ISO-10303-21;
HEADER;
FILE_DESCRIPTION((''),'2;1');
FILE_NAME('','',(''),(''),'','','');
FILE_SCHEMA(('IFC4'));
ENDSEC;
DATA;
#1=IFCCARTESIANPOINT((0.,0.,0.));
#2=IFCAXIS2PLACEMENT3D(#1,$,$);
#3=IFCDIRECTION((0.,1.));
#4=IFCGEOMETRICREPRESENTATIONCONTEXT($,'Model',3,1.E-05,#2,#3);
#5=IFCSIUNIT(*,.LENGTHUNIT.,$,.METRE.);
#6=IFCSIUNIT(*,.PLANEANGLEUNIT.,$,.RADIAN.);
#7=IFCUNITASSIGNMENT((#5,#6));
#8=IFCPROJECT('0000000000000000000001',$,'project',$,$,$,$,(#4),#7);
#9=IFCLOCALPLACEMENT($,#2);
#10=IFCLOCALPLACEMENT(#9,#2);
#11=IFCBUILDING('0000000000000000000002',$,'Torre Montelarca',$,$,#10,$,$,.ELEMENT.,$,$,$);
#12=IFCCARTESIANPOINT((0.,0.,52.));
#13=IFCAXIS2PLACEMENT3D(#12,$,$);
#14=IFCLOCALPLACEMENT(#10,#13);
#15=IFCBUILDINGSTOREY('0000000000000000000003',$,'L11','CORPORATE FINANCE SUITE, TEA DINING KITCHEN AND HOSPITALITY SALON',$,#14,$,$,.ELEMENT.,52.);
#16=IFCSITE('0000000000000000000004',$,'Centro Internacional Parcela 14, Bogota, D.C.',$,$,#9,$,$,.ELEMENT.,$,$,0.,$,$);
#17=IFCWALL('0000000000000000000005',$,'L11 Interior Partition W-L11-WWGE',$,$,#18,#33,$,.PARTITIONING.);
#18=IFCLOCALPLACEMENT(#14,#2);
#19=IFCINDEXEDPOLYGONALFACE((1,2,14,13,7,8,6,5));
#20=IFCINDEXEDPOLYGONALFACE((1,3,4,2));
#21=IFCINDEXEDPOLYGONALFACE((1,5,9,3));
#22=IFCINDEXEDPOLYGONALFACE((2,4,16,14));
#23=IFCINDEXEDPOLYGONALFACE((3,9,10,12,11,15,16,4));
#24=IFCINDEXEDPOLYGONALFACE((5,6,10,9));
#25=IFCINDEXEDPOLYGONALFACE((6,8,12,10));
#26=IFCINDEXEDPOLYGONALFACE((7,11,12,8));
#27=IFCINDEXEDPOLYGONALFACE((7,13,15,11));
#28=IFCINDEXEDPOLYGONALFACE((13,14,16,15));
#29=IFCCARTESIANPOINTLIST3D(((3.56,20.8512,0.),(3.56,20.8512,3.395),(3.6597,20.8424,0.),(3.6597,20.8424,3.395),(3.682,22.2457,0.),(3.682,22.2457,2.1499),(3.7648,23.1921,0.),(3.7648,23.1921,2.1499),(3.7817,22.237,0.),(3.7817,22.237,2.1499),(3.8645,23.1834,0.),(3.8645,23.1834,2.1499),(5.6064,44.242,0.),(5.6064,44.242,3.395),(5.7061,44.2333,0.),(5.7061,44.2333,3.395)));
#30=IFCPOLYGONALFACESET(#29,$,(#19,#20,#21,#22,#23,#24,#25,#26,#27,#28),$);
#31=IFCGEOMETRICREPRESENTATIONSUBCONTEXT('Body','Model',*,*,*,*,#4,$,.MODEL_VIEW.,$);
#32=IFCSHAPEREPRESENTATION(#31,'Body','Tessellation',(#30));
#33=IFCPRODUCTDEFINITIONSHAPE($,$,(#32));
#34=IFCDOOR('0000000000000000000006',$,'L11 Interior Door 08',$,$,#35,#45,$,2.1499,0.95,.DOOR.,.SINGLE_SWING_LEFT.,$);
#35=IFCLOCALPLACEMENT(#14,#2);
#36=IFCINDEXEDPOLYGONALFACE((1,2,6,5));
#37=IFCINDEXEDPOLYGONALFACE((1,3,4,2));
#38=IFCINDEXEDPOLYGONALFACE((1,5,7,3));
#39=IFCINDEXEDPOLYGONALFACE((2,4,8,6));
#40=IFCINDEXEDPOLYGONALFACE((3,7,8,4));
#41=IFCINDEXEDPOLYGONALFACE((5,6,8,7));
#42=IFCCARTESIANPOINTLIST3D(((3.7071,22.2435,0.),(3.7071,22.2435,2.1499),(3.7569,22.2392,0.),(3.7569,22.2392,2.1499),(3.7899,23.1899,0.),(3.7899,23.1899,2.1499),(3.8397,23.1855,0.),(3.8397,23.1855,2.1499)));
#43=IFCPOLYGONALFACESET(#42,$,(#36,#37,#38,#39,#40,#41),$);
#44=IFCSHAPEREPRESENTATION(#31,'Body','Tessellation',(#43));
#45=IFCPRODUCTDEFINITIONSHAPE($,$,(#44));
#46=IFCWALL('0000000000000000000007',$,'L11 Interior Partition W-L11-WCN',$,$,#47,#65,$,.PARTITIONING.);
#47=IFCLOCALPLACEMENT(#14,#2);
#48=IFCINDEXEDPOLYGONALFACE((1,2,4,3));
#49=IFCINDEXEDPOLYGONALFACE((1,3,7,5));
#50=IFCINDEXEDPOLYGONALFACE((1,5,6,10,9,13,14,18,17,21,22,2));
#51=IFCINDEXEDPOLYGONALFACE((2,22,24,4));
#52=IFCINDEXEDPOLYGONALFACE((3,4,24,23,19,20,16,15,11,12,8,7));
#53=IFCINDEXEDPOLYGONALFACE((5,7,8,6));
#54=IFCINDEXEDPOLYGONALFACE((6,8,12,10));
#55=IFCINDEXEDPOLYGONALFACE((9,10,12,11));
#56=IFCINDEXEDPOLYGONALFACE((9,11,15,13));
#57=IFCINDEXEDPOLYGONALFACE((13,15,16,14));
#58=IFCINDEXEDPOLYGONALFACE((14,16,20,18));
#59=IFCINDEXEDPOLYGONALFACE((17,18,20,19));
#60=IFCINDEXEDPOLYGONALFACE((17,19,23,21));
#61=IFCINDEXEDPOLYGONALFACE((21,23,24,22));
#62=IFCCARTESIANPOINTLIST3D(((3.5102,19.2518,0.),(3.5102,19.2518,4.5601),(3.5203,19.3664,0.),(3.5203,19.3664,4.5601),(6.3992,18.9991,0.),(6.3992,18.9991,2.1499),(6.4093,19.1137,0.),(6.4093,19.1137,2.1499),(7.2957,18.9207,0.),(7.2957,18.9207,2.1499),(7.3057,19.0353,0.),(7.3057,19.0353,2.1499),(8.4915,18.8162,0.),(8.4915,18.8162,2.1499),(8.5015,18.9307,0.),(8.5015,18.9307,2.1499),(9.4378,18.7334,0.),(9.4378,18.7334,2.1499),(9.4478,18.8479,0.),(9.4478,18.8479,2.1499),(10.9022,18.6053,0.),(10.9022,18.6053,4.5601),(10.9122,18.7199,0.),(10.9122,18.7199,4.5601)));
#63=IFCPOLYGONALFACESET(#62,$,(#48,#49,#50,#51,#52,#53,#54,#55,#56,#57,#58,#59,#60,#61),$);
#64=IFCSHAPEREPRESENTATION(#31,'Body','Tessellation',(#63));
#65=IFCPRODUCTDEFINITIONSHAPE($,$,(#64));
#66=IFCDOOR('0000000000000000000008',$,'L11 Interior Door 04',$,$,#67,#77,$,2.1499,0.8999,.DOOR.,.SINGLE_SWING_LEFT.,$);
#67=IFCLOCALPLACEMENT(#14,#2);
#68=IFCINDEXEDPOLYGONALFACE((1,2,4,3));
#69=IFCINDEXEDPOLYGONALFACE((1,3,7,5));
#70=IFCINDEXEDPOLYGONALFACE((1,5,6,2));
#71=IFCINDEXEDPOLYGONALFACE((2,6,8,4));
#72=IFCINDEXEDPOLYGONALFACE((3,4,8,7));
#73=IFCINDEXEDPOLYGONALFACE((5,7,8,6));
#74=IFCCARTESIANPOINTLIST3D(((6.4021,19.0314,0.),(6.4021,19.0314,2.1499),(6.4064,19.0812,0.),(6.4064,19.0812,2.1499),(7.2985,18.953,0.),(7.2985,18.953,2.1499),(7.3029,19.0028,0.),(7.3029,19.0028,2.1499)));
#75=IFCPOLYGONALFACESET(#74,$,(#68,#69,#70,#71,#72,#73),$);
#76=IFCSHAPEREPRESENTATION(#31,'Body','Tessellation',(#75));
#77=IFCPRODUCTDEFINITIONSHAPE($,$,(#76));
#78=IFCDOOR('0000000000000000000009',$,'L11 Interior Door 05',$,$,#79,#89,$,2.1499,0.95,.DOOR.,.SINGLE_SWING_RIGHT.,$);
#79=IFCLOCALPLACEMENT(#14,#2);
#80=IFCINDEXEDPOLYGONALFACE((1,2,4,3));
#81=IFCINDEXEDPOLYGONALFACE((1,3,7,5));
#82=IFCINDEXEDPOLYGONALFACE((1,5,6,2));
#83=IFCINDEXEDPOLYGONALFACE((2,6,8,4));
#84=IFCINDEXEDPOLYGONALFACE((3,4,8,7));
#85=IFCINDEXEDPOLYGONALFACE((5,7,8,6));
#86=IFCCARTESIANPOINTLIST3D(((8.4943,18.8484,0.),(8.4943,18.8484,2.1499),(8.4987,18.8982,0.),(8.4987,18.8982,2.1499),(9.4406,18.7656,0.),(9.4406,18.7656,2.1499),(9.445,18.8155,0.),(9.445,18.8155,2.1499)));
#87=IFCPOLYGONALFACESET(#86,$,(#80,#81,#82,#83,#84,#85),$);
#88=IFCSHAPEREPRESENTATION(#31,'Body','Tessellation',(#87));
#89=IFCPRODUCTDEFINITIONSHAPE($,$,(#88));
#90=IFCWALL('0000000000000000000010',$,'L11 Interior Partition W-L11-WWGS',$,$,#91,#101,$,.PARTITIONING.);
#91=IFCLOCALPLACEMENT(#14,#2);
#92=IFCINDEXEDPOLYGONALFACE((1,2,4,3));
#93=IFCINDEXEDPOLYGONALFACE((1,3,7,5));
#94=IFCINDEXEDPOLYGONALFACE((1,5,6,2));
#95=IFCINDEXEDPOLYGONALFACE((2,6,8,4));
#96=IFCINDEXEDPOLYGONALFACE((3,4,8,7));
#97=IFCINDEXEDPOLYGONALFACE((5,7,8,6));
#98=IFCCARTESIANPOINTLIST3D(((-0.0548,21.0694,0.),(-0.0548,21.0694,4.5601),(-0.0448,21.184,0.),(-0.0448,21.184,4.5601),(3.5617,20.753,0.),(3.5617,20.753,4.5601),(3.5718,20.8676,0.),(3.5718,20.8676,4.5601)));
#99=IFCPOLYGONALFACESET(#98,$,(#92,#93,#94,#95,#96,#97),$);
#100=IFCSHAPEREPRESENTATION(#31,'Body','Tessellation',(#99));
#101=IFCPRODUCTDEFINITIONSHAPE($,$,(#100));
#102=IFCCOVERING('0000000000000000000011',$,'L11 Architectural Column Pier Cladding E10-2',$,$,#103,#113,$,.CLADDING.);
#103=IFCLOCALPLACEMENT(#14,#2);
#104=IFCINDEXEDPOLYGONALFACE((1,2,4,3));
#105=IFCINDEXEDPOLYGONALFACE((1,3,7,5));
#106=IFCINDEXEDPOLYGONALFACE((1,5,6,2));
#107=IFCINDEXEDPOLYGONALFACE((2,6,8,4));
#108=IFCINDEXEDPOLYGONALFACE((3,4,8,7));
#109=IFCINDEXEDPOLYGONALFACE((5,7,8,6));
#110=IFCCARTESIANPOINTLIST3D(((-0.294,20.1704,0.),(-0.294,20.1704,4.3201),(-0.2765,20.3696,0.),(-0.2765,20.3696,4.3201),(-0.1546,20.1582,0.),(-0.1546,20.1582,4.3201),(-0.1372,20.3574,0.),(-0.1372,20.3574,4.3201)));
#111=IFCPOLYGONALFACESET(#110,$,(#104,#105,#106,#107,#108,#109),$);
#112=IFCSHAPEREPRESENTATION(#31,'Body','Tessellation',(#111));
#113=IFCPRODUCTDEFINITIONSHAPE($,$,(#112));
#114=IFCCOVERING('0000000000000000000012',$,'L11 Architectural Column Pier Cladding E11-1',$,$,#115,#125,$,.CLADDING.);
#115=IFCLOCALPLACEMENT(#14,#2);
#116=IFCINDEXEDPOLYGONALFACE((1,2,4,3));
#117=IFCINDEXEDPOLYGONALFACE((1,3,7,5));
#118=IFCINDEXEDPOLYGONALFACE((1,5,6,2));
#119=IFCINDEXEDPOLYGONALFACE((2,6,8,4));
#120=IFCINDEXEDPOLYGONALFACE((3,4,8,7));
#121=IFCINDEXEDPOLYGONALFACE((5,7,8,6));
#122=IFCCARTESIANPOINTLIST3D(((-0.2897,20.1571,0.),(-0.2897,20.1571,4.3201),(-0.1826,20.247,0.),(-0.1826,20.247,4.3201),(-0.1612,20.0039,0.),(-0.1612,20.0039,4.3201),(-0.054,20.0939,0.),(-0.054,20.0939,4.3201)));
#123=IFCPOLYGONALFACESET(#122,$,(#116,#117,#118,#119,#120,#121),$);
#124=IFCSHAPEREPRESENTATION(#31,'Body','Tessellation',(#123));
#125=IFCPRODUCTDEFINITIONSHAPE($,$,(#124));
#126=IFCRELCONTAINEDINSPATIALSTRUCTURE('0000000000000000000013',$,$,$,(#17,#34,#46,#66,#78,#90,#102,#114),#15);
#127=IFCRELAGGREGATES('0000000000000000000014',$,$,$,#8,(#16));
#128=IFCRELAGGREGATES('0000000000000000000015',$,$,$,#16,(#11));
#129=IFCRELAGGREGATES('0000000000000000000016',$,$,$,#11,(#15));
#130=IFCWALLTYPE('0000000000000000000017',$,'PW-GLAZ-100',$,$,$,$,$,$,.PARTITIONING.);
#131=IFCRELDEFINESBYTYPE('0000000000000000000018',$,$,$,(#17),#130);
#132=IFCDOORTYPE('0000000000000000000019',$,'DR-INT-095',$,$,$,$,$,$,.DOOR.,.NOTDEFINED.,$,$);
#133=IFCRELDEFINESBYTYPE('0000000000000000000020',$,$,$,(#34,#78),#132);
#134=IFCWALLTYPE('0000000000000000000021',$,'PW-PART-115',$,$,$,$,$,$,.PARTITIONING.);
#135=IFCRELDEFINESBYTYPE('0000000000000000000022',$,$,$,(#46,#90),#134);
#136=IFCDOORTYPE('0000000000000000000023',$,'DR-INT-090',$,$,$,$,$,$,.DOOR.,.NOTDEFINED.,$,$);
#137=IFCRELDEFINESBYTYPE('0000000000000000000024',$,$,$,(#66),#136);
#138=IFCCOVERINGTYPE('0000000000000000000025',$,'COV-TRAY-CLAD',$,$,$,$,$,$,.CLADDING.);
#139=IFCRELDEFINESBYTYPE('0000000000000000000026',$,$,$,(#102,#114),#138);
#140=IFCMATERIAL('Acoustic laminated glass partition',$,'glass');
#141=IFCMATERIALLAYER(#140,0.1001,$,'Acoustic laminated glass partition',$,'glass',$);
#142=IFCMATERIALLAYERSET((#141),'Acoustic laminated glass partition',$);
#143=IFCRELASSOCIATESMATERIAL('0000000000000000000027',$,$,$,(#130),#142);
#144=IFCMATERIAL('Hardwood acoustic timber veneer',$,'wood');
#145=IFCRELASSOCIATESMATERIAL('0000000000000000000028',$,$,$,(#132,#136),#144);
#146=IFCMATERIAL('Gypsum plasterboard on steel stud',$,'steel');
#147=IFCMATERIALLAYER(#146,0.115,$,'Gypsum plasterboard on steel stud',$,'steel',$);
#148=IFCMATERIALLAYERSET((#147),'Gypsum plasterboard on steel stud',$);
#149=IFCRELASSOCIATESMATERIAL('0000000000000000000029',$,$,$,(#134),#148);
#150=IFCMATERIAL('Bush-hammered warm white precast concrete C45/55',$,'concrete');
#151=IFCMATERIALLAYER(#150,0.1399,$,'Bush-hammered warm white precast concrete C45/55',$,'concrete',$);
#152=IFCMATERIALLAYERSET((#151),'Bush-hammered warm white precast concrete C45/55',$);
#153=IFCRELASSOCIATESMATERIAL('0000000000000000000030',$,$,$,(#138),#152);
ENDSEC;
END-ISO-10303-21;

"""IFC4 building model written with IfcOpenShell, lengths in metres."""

from ifc_helpers import new_model, si_unit, direction, frame, frame_2d, origin, origin_2d, place, context, subcontext, project, spatial, rectangle, extrude, source, transform, mapped, material, layer, layer_set, type_object, element, fill, save


model = new_model("IFC4")

# Units and contexts
model_context = context("Model", 3, precision=1e-05, world=origin(), true_north=direction((0.0, 1.0)))
body_context = subcontext(model_context, "Body", "Model", "MODEL_VIEW")
ifc_project = project(units=[si_unit("LENGTHUNIT", "METRE"), si_unit("PLANEANGLEUNIT", "RADIAN")], contexts=[model_context])

# Site, building, storey
site_placement = place(None, origin())
site = spatial("IfcSite", under=ifc_project, at=site_placement, Name="Centro Internacional Parcela 14, Bogota, D.C.", CompositionType="ELEMENT", RefElevation=0.0)
building_placement = place(site_placement, origin())
building = spatial("IfcBuilding", under=site, at=building_placement, Name="Torre Montelarca", CompositionType="ELEMENT")
storey_placement = place(building_placement, frame((0.0, 0.0, 52.0)))
storey = spatial("IfcBuildingStorey", under=building, at=storey_placement, Name="L11", Description="CORPORATE FINANCE SUITE, TEA DINING KITCHEN AND HOSPITALITY SALON", CompositionType="ELEMENT", Elevation=52.0)

# Shared definitions
ifc_material_1 = material(Name="Gypsum plasterboard on steel stud", Category="steel")

# Wall, opening, door
ifc_material_2 = material(Name="Acoustic laminated glass partition", Category="glass")
ifc_layer_1 = layer(ifc_material_2, 0.1001, Name="Acoustic laminated glass partition", Category="glass")
ifc_layer_set_1 = layer_set([ifc_layer_1], Name="Acoustic laminated glass partition")
wall_type_1 = type_object("IfcWallType", Name="PW-GLAZ-100", PredefinedType="PARTITIONING", material=ifc_layer_set_1)
wall_1_placement = place(storey_placement, frame((3.6099, 20.8467, 0.0), z_axis=(0.0, 0.0, 1.0), x_axis=(0.087154, 0.996195, 0.0)))
wall_1 = element("IfcWall", 1, at=wall_1_placement, inside=storey, type_object=wall_type_1, Name="L11 Interior Partition W-L11-WWGE", PredefinedType="PARTITIONING", context=body_context, shape_type="SweptSolid", body=[
    extrude(rectangle(XDim=23.4802, YDim=0.1001, at=frame_2d((11.7402, 0.0))), origin(), (0.0, 0.0, 1.0), 3.395),
])
opening_1_placement = place(wall_1_placement, frame((1.3999, 0.0, 0.0)))
opening_1 = element("IfcOpeningElement", 2, at=opening_1_placement, cuts=wall_1, PredefinedType="OPENING", context=body_context, shape_type="SweptSolid", body=[
    extrude(rectangle(XDim=0.95, YDim=2.1499, at=frame_2d((0.4751, 1.075))), frame((0.0, 0.0601, 0.0), z_axis=(0.0, -1.0, 0.0), x_axis=(1.0, 0.0, 0.0)), (0.0, 0.0, 1.0), 0.1201),
])
ifc_material_3 = material(Name="Hardwood acoustic timber veneer", Category="wood")
door_type_1 = type_object("IfcDoorType", Name="DR-INT-095", OperationType="NOTDEFINED", PredefinedType="DOOR", material=ifc_material_3)
shared_shape_1 = source(origin(), body_context, "Body", "SweptSolid", [
    extrude(rectangle(XDim=0.95, YDim=2.1499, at=frame_2d((0.4751, 1.075))), frame((0.0, 0.0249, 0.0), z_axis=(0.0, -1.0, 0.0), x_axis=(1.0, 0.0, 0.0)), (0.0, 0.0, 1.0), 0.05),
])
door_1_placement = place(opening_1_placement, origin())
door_1 = element("IfcDoor", 3, at=door_1_placement, inside=storey, type_object=door_type_1, Name="L11 Interior Door 08", OperationType="SINGLE_SWING_LEFT", OverallHeight=2.1499, OverallWidth=0.95, PredefinedType="DOOR", context=body_context, shape_type="MappedRepresentation", body=[
    mapped(shared_shape_1, transform((0.0, 0.0, 0.0), scale=1.0)),
])
fill(opening_1, door_1)

# Wall, openings, doors
ifc_layer_2 = layer(ifc_material_1, 0.115, Name="Gypsum plasterboard on steel stud", Category="steel")
ifc_layer_set_2 = layer_set([ifc_layer_2], Name="Gypsum plasterboard on steel stud")
wall_type_2 = type_object("IfcWallType", Name="PW-PART-115", PredefinedType="PARTITIONING", material=ifc_layer_set_2)
wall_2_placement = place(storey_placement, frame((3.5154, 19.3091, 0.0), z_axis=(0.0, 0.0, 1.0), x_axis=(0.996197, -0.087127, 0.0)))
wall_2 = element("IfcWall", 4, at=wall_2_placement, inside=storey, type_object=wall_type_2, Name="L11 Interior Partition W-L11-WCN", PredefinedType="PARTITIONING", context=body_context, shape_type="SweptSolid", body=[
    extrude(rectangle(XDim=7.4202, YDim=0.115, at=frame_2d((3.71, 0.0))), origin(), (0.0, 0.0, 1.0), 4.5601),
])
opening_2_placement = place(wall_2_placement, frame((2.8999, 0.0, 0.0)))
opening_2 = element("IfcOpeningElement", 5, at=opening_2_placement, cuts=wall_2, PredefinedType="OPENING", context=body_context, shape_type="SweptSolid", body=[
    extrude(rectangle(XDim=0.8999, YDim=2.1499, at=frame_2d((0.45, 1.075))), frame((0.0, 0.0674, 0.0), z_axis=(0.0, -1.0, 0.0), x_axis=(1.0, 0.0, 0.0)), (0.0, 0.0, 1.0), 0.135),
])
opening_3_placement = place(wall_2_placement, frame((5.0, 0.0, 0.0)))
opening_3 = element("IfcOpeningElement", 6, at=opening_3_placement, cuts=wall_2, PredefinedType="OPENING", context=body_context, shape_type="SweptSolid", body=[
    extrude(rectangle(XDim=0.95, YDim=2.1499, at=frame_2d((0.4751, 1.075))), frame((0.0, 0.0674, 0.0), z_axis=(0.0, -1.0, 0.0), x_axis=(1.0, 0.0, 0.0)), (0.0, 0.0, 1.0), 0.135),
])
door_type_2 = type_object("IfcDoorType", Name="DR-INT-090", OperationType="NOTDEFINED", PredefinedType="DOOR", material=ifc_material_3)
shared_shape_2 = source(origin(), body_context, "Body", "SweptSolid", [
    extrude(rectangle(XDim=0.8999, YDim=2.1499, at=frame_2d((0.45, 1.075))), frame((0.0, 0.0249, 0.0), z_axis=(0.0, -1.0, 0.0), x_axis=(1.0, 0.0, 0.0)), (0.0, 0.0, 1.0), 0.05),
])
door_2_placement = place(opening_2_placement, origin())
door_2 = element("IfcDoor", 7, at=door_2_placement, inside=storey, type_object=door_type_2, Name="L11 Interior Door 04", OperationType="SINGLE_SWING_LEFT", OverallHeight=2.1499, OverallWidth=0.8999, PredefinedType="DOOR", context=body_context, shape_type="MappedRepresentation", body=[
    mapped(shared_shape_2, transform((0.0, 0.0, 0.0), scale=1.0)),
])
fill(opening_2, door_2)
door_3_placement = place(opening_3_placement, origin())
door_3 = element("IfcDoor", 8, at=door_3_placement, inside=storey, type_object=door_type_1, Name="L11 Interior Door 05", OperationType="SINGLE_SWING_RIGHT", OverallHeight=2.1499, OverallWidth=0.95, PredefinedType="DOOR", context=body_context, shape_type="MappedRepresentation", body=[
    mapped(shared_shape_1, transform((0.0, 0.0, 0.0), scale=1.0)),
])
fill(opening_3, door_3)

# Wall
wall_3_placement = place(storey_placement, frame((-0.0498, 21.1267, 0.0), z_axis=(0.0, 0.0, 1.0), x_axis=(0.996195, -0.087158, 0.0)))
element("IfcWall", 9, at=wall_3_placement, inside=storey, type_object=wall_type_2, Name="L11 Interior Partition W-L11-WWGS", PredefinedType="PARTITIONING", context=body_context, shape_type="SweptSolid", body=[
    extrude(rectangle(XDim=3.6304, YDim=0.115, at=frame_2d((1.8152, 0.0))), origin(), (0.0, 0.0, 1.0), 4.5601),
])

# Coverings
ifc_material_4 = material(Name="Bush-hammered warm white precast concrete C45/55", Category="concrete")
ifc_layer_3 = layer(ifc_material_4, 0.1399, Name="Bush-hammered warm white precast concrete C45/55", Category="concrete")
ifc_layer_set_3 = layer_set([ifc_layer_3], Name="Bush-hammered warm white precast concrete C45/55")
covering_type = type_object("IfcCoveringType", Name="COV-TRAY-CLAD", PredefinedType="CLADDING", material=ifc_layer_set_3)
shared_shape_3 = source(origin(), body_context, "Body", "SweptSolid", [
    extrude(rectangle(XDim=0.2, YDim=0.1399, at=origin_2d()), origin(), (0.0, 0.0, 1.0), 4.3201),
])
for number, where, z_axis, x_axis, name in (
    (10, (-0.2156, 20.2639, 0.0), (0.0, 0.0, 1.0), (-0.087161, -0.996194, 0.0), "L11 Architectural Column Pier Cladding E10-2"),
    (11, (-0.1719, 20.1255, 0.0), (0.0, 0.0, 1.0), (0.642794, -0.766039, 0.0), "L11 Architectural Column Pier Cladding E11-1"),
):
    element("IfcCovering", number, at=place(storey_placement, frame(where, z_axis=z_axis, x_axis=x_axis)), inside=storey, type_object=covering_type, Name=name, PredefinedType="CLADDING", context=body_context, shape_type="MappedRepresentation", body=[
        mapped(shared_shape_3, transform((0.0, 0.0, 0.0), scale=1.0)),
    ])

save(model, "model.ifc")
